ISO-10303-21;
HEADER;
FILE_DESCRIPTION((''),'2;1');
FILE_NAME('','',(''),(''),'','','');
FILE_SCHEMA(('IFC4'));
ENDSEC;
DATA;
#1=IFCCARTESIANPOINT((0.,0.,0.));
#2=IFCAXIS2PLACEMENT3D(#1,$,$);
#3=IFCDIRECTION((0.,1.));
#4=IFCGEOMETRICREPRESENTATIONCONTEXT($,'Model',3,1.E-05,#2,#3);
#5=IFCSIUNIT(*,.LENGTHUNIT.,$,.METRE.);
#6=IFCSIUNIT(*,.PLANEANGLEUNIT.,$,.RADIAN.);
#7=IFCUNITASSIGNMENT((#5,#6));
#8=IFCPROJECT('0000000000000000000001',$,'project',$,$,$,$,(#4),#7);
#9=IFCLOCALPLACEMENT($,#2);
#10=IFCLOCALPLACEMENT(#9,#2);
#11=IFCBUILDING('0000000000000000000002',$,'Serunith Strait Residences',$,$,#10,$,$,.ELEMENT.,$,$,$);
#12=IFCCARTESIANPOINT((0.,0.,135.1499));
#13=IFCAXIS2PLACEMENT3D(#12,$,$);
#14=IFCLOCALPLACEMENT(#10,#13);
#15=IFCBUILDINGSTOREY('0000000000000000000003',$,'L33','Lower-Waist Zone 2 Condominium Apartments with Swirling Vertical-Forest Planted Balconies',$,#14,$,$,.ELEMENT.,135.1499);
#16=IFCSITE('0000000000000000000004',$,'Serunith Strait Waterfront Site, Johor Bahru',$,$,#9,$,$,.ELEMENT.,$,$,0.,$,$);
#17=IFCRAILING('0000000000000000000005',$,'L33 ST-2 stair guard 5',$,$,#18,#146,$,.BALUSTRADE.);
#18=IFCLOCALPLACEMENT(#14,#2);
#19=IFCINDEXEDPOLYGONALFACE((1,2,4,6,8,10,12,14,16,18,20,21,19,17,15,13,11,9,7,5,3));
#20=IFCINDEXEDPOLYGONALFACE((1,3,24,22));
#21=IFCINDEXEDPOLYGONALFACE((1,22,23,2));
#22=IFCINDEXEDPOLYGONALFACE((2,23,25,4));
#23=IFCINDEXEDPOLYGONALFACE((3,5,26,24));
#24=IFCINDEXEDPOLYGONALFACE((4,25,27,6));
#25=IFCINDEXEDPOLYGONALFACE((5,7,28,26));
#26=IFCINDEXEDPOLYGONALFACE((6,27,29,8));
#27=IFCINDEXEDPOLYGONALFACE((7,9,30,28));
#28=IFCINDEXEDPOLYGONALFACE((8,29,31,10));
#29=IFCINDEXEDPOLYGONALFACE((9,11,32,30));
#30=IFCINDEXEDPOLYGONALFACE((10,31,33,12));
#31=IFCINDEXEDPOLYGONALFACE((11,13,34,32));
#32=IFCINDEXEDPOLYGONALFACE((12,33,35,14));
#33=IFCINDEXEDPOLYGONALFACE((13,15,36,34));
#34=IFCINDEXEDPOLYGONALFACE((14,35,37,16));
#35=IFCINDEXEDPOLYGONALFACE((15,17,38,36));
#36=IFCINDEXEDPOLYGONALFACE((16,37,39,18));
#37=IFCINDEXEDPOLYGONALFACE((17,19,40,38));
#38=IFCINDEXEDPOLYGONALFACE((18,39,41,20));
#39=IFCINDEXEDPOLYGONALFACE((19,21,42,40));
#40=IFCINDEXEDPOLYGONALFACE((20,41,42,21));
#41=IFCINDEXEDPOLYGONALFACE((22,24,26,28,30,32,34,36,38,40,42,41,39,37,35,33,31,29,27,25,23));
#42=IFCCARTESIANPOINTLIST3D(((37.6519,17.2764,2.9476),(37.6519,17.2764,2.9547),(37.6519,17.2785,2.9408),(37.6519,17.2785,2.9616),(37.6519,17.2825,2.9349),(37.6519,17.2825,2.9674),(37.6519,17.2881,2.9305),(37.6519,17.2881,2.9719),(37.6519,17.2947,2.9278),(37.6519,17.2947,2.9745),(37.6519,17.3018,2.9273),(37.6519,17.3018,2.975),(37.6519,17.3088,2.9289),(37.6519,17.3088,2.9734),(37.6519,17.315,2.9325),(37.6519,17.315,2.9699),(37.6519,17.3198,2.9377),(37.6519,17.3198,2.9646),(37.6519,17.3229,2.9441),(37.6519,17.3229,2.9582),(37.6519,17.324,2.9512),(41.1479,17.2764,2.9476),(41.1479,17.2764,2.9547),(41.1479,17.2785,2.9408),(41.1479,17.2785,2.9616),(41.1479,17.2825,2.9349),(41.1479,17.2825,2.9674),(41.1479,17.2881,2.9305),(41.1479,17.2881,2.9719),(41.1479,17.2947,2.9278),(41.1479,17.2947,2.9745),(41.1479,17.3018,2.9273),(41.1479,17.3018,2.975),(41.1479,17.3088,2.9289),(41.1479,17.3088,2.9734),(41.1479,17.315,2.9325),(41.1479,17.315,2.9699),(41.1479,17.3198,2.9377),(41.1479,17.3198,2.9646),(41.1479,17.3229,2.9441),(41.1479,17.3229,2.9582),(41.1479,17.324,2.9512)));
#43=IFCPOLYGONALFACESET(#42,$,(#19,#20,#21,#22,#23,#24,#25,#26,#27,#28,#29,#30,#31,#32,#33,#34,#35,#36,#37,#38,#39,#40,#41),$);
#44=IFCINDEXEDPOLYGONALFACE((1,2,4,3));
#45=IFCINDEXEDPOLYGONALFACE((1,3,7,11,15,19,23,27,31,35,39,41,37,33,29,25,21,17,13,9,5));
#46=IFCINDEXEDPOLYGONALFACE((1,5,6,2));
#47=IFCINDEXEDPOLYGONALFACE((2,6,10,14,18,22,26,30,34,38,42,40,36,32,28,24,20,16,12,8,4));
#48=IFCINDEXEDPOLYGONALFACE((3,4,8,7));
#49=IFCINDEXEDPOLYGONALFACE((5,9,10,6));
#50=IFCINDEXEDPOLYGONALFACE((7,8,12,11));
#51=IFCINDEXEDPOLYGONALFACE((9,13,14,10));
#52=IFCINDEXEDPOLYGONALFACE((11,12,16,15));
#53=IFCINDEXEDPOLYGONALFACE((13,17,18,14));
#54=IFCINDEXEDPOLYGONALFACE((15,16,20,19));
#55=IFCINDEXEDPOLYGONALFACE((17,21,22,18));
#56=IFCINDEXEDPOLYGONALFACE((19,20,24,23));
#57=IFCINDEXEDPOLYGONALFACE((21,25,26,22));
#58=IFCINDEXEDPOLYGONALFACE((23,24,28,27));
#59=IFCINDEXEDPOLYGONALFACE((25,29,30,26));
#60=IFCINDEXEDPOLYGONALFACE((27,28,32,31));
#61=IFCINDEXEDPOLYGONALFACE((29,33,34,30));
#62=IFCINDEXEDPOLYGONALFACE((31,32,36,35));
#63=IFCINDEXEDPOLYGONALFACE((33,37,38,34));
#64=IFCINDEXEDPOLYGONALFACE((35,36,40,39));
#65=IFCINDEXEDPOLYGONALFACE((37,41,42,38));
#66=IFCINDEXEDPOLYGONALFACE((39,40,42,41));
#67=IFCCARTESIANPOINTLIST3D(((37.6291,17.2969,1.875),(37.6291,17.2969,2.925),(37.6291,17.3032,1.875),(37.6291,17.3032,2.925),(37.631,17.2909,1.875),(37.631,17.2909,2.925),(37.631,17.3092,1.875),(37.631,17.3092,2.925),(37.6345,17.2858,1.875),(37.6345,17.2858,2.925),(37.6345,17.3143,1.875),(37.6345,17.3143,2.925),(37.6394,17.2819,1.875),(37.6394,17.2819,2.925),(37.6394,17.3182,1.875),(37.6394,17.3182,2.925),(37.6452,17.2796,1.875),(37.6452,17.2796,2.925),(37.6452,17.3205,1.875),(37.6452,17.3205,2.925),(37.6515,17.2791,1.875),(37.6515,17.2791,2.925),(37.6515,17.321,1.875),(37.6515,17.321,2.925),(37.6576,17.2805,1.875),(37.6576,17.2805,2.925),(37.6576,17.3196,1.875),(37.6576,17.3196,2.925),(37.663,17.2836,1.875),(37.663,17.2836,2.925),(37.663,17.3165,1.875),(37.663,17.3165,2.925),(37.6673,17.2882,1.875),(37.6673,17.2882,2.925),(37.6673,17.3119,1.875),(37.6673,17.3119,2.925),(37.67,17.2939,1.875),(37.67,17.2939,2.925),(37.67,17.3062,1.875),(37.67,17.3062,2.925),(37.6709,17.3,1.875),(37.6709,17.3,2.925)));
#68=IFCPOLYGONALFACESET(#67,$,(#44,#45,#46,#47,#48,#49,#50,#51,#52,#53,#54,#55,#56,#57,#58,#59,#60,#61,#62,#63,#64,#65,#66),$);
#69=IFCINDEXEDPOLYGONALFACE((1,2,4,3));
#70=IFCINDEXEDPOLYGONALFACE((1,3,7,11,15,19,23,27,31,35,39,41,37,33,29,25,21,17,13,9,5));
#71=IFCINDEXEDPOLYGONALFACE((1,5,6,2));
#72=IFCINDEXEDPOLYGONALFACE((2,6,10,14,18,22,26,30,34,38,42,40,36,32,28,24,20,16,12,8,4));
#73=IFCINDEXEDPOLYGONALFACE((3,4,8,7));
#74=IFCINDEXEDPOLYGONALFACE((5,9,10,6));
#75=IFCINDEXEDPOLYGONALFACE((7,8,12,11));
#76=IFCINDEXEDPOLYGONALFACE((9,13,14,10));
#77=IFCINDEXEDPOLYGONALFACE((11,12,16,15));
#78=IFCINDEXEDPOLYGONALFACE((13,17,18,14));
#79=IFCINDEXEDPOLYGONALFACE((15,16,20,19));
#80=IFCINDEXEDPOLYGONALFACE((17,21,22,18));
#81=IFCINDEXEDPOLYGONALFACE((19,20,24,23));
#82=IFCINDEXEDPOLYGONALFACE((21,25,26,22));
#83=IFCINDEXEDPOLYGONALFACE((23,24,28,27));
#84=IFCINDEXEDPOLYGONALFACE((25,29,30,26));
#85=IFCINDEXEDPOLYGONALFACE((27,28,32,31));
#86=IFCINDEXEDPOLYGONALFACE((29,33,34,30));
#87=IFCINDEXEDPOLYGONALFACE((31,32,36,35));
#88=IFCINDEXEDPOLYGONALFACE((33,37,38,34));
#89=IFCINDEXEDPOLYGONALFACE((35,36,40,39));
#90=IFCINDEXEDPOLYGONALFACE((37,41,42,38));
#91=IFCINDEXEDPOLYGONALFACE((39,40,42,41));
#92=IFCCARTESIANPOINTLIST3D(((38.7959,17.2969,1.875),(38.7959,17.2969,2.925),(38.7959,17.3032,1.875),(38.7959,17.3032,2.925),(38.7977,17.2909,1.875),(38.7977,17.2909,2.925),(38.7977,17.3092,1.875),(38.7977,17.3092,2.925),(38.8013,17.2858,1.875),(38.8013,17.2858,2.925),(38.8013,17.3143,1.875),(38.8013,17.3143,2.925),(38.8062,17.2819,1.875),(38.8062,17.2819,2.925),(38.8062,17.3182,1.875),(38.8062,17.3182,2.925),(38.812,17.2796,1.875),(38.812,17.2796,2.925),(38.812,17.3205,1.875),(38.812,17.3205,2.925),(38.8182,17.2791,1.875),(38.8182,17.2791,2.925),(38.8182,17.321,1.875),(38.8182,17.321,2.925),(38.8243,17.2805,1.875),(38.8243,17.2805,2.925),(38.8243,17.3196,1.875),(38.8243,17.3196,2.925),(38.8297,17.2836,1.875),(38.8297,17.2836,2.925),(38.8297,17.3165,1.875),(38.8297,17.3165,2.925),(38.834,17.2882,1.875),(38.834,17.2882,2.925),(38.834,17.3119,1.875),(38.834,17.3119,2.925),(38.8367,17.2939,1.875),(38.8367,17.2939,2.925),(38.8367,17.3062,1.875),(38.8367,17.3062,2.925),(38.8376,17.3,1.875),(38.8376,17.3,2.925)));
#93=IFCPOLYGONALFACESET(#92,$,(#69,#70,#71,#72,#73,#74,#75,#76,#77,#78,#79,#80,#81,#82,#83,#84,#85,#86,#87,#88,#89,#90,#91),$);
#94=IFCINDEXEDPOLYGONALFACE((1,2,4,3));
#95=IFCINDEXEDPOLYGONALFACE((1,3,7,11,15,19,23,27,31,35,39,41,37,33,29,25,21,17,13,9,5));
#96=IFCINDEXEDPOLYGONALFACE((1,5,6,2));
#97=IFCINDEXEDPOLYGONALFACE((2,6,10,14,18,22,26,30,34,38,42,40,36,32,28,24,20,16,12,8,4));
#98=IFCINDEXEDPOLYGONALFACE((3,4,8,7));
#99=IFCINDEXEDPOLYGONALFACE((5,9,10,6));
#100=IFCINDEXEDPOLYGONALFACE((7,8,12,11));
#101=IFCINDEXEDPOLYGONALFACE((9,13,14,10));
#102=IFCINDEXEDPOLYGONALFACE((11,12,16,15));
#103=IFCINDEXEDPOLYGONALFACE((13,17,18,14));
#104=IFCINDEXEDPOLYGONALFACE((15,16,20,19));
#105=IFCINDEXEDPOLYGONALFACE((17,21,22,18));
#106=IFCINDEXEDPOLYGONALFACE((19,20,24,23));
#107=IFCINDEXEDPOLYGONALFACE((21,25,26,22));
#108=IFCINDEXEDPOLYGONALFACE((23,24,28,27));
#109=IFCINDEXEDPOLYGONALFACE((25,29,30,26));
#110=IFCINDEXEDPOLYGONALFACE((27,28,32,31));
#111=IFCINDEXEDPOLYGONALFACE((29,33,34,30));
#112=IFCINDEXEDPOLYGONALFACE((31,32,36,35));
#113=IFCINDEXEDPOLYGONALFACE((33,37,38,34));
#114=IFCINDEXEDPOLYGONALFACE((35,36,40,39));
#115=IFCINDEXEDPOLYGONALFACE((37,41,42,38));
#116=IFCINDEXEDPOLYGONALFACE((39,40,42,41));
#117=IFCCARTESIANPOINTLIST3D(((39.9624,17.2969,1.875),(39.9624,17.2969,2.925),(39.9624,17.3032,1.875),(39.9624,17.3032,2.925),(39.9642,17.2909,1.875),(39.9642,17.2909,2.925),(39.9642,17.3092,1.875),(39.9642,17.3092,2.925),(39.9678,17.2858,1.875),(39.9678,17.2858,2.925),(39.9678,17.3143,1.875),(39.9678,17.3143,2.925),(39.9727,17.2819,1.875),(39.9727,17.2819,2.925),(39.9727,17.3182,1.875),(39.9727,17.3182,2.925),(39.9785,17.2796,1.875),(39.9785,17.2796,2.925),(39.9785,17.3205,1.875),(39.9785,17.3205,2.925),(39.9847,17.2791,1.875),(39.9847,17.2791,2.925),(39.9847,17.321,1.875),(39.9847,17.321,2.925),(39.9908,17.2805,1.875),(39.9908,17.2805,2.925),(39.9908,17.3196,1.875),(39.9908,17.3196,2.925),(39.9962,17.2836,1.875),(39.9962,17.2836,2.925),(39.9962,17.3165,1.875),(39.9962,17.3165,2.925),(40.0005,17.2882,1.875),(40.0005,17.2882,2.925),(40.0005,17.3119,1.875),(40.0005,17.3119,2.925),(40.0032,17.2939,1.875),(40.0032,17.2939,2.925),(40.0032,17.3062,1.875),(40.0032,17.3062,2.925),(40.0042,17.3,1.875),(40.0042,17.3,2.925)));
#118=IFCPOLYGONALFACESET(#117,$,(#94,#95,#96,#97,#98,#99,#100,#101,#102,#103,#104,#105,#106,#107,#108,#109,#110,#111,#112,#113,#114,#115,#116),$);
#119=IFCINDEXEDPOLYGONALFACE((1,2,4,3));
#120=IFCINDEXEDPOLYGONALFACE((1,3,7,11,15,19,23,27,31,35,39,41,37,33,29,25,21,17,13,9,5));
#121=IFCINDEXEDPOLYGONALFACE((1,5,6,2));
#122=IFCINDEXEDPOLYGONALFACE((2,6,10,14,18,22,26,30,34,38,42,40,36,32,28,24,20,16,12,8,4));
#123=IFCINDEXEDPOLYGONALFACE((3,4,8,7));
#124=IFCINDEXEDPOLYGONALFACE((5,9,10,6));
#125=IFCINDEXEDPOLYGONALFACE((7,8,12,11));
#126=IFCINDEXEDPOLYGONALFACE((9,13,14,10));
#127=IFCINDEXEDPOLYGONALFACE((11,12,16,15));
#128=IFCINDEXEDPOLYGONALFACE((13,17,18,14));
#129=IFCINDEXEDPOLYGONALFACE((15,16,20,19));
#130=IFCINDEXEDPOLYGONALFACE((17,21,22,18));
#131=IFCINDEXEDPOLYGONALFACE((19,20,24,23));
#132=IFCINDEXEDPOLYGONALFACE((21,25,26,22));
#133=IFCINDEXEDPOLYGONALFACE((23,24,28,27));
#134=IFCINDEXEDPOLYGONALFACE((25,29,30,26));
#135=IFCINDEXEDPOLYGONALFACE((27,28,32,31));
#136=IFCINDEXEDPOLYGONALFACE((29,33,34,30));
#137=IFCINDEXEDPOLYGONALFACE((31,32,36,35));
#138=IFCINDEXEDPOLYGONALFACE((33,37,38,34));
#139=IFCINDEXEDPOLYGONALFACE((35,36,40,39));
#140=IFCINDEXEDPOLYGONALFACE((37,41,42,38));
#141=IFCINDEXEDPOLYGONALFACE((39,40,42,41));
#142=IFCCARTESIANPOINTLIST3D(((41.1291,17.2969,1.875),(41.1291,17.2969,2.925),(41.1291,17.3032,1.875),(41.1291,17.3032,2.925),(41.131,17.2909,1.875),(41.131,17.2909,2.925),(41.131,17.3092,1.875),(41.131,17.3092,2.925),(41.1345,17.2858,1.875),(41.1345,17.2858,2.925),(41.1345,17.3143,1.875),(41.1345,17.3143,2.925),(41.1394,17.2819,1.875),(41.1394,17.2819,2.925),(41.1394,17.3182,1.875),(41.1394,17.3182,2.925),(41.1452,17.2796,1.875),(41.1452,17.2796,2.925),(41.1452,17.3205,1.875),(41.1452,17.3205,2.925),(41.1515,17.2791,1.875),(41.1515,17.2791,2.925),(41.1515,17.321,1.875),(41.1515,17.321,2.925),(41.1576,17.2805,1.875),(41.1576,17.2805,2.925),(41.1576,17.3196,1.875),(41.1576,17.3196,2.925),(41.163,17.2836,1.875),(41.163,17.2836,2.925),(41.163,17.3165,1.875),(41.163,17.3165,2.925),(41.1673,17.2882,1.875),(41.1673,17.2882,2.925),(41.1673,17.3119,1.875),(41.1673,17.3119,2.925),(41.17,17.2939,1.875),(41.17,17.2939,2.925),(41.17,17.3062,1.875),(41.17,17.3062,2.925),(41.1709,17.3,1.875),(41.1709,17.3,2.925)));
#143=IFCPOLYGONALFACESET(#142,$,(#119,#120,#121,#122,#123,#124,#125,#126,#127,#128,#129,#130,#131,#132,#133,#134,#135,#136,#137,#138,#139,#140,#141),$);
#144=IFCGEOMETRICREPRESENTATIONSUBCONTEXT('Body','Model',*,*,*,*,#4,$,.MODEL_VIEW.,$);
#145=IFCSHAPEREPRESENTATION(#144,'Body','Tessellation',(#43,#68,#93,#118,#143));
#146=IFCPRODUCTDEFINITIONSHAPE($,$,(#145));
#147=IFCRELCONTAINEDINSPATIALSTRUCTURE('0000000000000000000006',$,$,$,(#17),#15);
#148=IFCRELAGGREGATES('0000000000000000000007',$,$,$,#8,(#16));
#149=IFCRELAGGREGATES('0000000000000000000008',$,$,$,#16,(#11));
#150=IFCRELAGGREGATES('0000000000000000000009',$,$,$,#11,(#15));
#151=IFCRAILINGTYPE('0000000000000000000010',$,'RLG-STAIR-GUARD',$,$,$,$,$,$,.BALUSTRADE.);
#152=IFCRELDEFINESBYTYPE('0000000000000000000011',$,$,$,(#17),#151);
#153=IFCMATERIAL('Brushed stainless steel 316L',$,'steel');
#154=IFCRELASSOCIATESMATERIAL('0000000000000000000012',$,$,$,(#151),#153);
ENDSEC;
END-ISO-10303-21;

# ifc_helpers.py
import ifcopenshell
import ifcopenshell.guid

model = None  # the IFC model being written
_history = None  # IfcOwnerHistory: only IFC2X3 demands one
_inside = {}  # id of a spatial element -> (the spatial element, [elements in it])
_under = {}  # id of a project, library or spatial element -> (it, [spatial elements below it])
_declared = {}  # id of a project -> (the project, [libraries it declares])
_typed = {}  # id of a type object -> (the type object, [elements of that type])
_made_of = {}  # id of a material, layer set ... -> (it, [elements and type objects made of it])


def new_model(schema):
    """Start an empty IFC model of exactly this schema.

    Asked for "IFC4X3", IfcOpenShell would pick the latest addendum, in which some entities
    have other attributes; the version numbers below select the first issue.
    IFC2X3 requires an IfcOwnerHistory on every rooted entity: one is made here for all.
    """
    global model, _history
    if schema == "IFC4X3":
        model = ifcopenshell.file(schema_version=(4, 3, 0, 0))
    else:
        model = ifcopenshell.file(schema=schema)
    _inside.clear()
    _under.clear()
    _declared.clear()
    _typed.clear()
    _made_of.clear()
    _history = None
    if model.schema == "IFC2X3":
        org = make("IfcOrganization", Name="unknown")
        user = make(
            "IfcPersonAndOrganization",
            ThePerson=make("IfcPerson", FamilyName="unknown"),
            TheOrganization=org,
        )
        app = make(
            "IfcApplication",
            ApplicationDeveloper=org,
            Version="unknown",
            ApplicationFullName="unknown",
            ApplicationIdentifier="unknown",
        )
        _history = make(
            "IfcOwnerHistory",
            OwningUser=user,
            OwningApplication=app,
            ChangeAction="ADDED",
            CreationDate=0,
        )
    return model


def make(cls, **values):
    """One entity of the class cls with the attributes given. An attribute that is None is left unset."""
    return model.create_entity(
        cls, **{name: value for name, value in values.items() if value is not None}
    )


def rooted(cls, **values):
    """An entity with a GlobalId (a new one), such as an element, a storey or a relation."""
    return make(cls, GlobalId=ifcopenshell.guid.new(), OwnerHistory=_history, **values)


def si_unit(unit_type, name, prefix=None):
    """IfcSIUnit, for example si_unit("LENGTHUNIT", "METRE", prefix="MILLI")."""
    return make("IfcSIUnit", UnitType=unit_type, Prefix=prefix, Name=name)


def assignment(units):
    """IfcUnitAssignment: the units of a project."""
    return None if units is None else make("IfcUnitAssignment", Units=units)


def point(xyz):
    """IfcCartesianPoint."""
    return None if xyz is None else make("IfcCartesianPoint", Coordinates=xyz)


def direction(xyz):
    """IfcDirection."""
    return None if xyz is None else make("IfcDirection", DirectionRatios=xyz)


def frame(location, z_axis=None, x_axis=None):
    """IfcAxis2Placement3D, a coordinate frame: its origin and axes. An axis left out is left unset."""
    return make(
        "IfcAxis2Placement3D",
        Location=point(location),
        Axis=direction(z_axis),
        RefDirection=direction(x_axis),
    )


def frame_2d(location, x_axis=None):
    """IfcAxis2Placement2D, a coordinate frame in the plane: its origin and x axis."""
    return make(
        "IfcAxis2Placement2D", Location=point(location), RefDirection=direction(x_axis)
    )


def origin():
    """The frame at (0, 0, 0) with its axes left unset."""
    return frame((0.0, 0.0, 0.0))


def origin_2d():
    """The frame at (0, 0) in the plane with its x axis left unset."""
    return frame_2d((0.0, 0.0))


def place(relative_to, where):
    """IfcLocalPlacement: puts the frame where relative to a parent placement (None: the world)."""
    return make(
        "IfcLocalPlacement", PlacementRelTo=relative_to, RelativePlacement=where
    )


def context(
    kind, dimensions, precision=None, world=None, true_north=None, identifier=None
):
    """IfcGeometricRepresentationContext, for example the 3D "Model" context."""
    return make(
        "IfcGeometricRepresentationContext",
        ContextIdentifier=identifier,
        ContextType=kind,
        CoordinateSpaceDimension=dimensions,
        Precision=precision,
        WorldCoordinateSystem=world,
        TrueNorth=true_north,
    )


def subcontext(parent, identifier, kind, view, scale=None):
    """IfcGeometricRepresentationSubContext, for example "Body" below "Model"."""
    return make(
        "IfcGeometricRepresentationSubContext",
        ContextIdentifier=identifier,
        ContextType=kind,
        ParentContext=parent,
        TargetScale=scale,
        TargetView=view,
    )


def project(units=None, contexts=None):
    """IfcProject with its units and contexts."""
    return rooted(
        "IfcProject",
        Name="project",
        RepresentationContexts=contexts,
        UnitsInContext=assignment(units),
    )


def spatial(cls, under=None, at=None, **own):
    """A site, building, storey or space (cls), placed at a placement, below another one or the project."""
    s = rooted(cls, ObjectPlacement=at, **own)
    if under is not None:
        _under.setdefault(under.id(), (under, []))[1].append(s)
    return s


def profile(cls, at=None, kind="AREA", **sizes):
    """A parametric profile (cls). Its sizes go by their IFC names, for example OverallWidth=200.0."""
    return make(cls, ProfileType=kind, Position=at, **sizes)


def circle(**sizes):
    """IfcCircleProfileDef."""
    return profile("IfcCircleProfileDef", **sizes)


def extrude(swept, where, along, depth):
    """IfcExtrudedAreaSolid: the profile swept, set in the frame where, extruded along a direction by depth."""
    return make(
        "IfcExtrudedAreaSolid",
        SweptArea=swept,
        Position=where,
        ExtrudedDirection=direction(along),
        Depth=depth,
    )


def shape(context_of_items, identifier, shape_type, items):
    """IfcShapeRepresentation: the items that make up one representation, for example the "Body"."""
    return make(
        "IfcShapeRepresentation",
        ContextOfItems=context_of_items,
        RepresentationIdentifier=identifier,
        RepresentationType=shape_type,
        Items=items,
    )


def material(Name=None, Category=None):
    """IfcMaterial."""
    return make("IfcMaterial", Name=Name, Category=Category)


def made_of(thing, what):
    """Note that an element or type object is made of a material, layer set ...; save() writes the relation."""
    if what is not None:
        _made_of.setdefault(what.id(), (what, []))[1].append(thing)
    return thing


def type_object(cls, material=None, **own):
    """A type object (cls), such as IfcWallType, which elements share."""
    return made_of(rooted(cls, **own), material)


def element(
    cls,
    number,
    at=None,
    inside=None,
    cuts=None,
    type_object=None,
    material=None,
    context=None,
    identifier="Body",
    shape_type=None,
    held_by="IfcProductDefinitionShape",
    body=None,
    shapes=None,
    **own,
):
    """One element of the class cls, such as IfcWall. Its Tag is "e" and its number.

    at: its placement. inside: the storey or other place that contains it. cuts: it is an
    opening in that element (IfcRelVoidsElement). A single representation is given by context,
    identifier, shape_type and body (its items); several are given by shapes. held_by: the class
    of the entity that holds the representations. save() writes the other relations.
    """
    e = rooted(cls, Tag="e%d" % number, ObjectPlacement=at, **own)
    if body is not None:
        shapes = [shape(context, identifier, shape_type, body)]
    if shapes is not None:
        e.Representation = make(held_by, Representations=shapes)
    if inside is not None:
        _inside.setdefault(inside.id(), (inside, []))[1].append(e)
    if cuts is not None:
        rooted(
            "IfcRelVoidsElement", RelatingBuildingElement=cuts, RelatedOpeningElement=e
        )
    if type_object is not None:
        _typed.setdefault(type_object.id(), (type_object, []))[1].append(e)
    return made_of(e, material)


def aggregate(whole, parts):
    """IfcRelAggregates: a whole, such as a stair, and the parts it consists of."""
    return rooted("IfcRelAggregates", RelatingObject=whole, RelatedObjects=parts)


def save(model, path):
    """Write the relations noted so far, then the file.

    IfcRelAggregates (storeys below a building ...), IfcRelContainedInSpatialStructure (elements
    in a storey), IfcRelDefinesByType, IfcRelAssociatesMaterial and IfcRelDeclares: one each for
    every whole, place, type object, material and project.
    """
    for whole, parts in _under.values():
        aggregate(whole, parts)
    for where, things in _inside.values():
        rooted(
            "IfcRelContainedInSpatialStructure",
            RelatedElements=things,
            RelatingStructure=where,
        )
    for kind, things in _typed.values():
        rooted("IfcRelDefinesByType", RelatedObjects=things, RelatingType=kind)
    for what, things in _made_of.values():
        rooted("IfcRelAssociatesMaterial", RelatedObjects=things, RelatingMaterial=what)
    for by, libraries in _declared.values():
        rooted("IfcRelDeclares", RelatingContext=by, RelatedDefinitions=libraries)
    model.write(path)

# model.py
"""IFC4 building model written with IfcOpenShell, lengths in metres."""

from ifc_helpers import new_model, si_unit, direction, frame, origin, origin_2d, place, context, subcontext, project, spatial, circle, extrude, material, type_object, element, save


model = new_model("IFC4")

# Units and contexts
model_context = context("Model", 3, precision=1e-05, world=origin(), true_north=direction((0.0, 1.0)))
body_context = subcontext(model_context, "Body", "Model", "MODEL_VIEW")
ifc_project = project(units=[si_unit("LENGTHUNIT", "METRE"), si_unit("PLANEANGLEUNIT", "RADIAN")], contexts=[model_context])

# Site, building, storey
site_placement = place(None, origin())
site = spatial("IfcSite", under=ifc_project, at=site_placement, Name="Serunith Strait Waterfront Site, Johor Bahru", CompositionType="ELEMENT", RefElevation=0.0)
building_placement = place(site_placement, origin())
building = spatial("IfcBuilding", under=site, at=building_placement, Name="Serunith Strait Residences", CompositionType="ELEMENT")
storey_placement = place(building_placement, frame((0.0, 0.0, 135.1499)))
storey = spatial("IfcBuildingStorey", under=building, at=storey_placement, Name="L33", Description="Lower-Waist Zone 2 Condominium Apartments with Swirling Vertical-Forest Planted Balconies", CompositionType="ELEMENT", Elevation=135.1499)

# Railing
ifc_material_1 = material(Name="Brushed stainless steel 316L", Category="steel")
railing_type_1 = type_object("IfcRailingType", Name="RLG-STAIR-GUARD", PredefinedType="BALUSTRADE", material=ifc_material_1)
railing_1_placement = place(storey_placement, frame((37.6499, 17.3, 1.875)))
element("IfcRailing", 1, at=railing_1_placement, inside=storey, type_object=railing_type_1, Name="L33 ST-2 stair guard 5", PredefinedType="BALUSTRADE", context=body_context, shape_type="SweptSolid", body=[
    extrude(circle(Radius=0.0239, at=origin_2d()), frame((0.002, 0.0, 1.0762), z_axis=(1.0, 0.0, 0.0), x_axis=(0.0, 1.0, 0.0)), (0.0, 0.0, 1.0), 3.4961),
    extrude(circle(Radius=0.021, at=origin_2d()), origin(), (0.0, 0.0, 1.0), 1.05),
    extrude(circle(Radius=0.021, at=origin_2d()), frame((1.1667, 0.0, 0.0)), (0.0, 0.0, 1.0), 1.05),
    extrude(circle(Radius=0.021, at=origin_2d()), frame((2.3333, 0.0, 0.0)), (0.0, 0.0, 1.0), 1.05),
    extrude(circle(Radius=0.021, at=origin_2d()), frame((3.5, 0.0, 0.0)), (0.0, 0.0, 1.0), 1.05),
])

save(model, "model.ifc")
